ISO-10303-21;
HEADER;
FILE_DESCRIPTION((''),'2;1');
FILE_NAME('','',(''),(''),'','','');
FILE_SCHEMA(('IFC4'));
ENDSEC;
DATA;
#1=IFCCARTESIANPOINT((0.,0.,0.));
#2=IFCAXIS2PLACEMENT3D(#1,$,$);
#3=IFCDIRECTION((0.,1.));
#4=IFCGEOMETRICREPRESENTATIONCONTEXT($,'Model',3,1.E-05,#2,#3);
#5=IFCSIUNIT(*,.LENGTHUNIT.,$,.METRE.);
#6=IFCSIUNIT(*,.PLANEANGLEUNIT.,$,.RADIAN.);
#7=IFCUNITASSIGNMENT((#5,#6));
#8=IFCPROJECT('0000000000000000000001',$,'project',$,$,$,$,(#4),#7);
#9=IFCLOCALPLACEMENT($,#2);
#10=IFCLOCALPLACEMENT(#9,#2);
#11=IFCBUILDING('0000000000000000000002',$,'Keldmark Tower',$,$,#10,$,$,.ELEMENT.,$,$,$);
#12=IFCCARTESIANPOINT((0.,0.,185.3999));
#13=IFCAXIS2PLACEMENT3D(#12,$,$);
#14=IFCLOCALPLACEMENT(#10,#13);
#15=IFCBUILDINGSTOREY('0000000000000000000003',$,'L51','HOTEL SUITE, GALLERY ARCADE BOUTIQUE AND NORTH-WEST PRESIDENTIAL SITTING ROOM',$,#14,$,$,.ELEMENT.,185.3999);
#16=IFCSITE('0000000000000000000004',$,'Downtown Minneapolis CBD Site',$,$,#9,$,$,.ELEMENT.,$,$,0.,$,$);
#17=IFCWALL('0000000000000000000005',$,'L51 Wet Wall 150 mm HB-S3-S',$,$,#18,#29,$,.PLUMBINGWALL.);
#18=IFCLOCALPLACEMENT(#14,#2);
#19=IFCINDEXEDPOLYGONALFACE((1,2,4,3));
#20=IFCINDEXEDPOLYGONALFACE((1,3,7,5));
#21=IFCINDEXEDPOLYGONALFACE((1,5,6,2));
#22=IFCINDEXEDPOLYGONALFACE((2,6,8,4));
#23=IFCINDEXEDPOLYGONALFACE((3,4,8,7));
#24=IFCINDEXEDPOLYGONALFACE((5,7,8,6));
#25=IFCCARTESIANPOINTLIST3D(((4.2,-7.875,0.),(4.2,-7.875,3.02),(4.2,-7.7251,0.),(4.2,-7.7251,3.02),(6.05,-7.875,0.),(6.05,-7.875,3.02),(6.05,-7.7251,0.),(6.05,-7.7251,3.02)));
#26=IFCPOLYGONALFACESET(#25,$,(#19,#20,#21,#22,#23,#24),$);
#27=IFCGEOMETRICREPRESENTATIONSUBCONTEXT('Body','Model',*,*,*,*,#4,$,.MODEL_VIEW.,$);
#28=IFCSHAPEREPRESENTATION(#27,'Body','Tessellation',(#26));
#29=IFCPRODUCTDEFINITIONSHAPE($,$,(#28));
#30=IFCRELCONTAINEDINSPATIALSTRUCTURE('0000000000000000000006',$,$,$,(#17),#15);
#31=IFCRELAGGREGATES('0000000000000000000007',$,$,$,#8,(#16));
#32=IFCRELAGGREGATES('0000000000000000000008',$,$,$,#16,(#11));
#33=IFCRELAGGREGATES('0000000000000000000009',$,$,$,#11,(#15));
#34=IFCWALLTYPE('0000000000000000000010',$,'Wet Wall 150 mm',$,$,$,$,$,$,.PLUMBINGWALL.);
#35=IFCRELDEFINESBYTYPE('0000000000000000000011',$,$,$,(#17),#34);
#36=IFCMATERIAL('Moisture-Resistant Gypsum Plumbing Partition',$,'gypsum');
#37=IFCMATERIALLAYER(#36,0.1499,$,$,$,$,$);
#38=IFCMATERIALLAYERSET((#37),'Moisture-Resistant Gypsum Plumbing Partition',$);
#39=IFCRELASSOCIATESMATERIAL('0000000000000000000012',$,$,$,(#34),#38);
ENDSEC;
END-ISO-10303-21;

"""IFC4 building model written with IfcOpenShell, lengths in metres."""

from ifc_helpers import new_model, si_unit, direction, frame, frame_2d, origin, place, context, subcontext, project, spatial, rectangle, extrude, material, layer, layer_set, type_object, element, save


model = new_model("IFC4")

# Units and contexts
model_context = context("Model", 3, precision=1e-05, world=origin(), true_north=direction((0.0, 1.0)))
body_context = subcontext(model_context, "Body", "Model", "MODEL_VIEW")
ifc_project = project(units=[si_unit("LENGTHUNIT", "METRE"), si_unit("PLANEANGLEUNIT", "RADIAN")], contexts=[model_context])

# Site, building, storey
site_placement = place(None, origin())
site = spatial("IfcSite", under=ifc_project, at=site_placement, Name="Downtown Minneapolis CBD Site", CompositionType="ELEMENT", RefElevation=0.0)
building_placement = place(site_placement, origin())
building = spatial("IfcBuilding", under=site, at=building_placement, Name="Keldmark Tower", CompositionType="ELEMENT")
storey_placement = place(building_placement, frame((0.0, 0.0, 185.3999)))
storey = spatial("IfcBuildingStorey", under=building, at=storey_placement, Name="L51", Description="HOTEL SUITE, GALLERY ARCADE BOUTIQUE AND NORTH-WEST PRESIDENTIAL SITTING ROOM", CompositionType="ELEMENT", Elevation=185.3999)

# Shared definitions
ifc_material_1 = material(Name="Moisture-Resistant Gypsum Plumbing Partition", Category="gypsum")
ifc_layer_1 = layer(ifc_material_1, 0.1499)
ifc_layer_set_1 = layer_set([ifc_layer_1], Name="Moisture-Resistant Gypsum Plumbing Partition")
wall_type_1 = type_object("IfcWallType", Name="Wet Wall 150 mm", PredefinedType="PLUMBINGWALL", material=ifc_layer_set_1)

# Wall
wall_1_placement = place(storey_placement, frame((4.2, -7.8, 0.0), z_axis=(0.0, 0.0, 1.0), x_axis=(1.0, 0.0, 0.0)))
element("IfcWall", 1, at=wall_1_placement, inside=storey, type_object=wall_type_1, Name="L51 Wet Wall 150 mm HB-S3-S", PredefinedType="PLUMBINGWALL", context=body_context, shape_type="SweptSolid", body=[
    extrude(rectangle(XDim=1.8501, YDim=0.1499, at=frame_2d((0.925, 0.0))), origin(), (0.0, 0.0, 1.0), 3.02),
])

save(model, "model.ifc")
